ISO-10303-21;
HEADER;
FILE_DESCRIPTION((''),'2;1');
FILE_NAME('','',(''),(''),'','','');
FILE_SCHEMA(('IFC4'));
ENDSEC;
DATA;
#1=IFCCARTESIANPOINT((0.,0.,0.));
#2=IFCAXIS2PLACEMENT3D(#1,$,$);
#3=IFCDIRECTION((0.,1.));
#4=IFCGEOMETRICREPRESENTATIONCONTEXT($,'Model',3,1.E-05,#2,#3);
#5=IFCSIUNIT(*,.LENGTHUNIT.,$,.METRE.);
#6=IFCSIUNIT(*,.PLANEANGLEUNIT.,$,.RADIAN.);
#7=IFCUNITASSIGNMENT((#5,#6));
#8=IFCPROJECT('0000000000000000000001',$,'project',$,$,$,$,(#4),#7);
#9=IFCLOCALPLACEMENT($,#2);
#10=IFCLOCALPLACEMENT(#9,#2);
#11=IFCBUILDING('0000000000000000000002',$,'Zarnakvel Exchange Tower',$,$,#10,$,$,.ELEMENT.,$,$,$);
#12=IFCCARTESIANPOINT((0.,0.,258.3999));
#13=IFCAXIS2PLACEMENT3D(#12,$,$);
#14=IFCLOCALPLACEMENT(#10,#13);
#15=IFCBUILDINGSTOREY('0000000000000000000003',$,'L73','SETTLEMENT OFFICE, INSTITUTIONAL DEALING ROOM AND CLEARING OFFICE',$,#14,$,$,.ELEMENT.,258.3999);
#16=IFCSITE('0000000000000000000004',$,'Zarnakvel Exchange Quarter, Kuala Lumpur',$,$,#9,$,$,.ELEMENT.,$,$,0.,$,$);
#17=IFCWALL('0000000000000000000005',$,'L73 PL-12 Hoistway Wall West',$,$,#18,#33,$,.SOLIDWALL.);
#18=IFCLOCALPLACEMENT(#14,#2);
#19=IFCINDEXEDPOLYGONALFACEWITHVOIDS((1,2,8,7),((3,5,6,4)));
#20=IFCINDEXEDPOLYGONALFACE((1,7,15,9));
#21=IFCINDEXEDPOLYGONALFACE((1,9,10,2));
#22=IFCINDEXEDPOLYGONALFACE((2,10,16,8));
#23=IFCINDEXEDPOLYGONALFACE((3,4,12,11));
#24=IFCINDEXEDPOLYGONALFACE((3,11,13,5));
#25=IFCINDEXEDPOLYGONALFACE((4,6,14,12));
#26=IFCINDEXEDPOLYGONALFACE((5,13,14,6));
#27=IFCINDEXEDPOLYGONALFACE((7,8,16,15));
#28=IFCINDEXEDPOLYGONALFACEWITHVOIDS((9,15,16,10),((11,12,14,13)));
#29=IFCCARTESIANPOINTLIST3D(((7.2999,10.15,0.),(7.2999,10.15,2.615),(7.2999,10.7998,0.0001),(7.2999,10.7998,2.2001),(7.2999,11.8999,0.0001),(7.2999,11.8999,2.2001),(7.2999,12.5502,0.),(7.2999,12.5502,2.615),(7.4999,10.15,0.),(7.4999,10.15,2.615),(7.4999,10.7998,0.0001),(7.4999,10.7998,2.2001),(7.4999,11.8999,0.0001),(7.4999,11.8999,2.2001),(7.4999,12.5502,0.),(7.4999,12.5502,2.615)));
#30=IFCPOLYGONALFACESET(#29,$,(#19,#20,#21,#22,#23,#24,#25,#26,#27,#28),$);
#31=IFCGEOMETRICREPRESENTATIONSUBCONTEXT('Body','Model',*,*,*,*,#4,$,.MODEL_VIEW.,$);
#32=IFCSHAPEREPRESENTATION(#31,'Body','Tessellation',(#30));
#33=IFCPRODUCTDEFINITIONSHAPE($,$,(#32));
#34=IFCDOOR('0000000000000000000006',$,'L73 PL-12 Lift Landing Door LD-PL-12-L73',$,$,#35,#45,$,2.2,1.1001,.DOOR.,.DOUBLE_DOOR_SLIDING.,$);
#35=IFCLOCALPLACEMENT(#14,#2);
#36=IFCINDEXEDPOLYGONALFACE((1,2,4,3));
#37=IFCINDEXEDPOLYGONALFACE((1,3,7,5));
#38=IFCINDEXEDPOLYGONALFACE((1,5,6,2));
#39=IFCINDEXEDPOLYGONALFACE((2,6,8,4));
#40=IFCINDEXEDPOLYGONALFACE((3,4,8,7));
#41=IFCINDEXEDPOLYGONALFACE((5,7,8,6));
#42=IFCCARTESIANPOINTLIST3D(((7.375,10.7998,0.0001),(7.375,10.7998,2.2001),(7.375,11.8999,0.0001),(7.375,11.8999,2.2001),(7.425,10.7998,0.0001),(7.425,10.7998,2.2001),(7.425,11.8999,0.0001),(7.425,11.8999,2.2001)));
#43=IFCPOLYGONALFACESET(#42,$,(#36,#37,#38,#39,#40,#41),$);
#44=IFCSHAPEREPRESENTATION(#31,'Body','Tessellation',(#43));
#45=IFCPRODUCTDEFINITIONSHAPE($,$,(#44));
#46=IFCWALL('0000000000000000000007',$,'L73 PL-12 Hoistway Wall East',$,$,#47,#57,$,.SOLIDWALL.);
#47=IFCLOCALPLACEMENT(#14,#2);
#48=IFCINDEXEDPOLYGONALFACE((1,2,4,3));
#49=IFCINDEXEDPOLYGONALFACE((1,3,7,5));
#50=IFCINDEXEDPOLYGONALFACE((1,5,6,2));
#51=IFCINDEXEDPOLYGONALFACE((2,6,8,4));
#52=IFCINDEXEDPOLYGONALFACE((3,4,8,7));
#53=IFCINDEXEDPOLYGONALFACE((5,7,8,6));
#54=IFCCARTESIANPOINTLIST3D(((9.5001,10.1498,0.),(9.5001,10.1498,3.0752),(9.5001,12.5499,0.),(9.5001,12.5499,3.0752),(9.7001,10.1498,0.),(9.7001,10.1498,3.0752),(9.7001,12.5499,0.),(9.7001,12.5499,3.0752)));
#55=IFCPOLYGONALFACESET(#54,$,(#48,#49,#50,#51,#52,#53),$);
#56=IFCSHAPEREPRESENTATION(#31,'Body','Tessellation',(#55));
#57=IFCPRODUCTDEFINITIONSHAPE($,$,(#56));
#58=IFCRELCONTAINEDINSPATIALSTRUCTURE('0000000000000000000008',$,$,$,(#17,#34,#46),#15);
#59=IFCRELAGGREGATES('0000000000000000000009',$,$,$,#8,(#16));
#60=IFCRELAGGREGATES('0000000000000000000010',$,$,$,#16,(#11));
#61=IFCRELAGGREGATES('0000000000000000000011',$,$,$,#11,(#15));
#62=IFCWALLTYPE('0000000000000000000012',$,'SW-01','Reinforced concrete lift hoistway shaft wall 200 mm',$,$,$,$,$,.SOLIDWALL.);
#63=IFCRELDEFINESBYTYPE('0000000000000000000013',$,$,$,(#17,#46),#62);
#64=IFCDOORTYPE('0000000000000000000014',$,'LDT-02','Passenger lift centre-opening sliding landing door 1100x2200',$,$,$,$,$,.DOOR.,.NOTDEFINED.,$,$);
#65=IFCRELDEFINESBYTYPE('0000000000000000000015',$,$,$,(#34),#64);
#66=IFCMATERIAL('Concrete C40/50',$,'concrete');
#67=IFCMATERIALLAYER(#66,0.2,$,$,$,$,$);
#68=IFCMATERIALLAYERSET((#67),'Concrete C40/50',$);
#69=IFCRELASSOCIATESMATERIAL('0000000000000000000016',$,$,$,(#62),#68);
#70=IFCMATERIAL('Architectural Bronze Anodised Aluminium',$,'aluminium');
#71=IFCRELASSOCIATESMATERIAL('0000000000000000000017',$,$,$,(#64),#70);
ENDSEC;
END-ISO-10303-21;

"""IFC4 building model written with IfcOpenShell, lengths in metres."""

from ifc_helpers import new_model, si_unit, direction, frame, frame_2d, origin, place, context, subcontext, project, spatial, rectangle, extrude, source, transform, mapped, material, layer, layer_set, type_object, element, fill, save


model = new_model("IFC4")

# Units and contexts
model_context = context("Model", 3, precision=1e-05, world=origin(), true_north=direction((0.0, 1.0)))
body_context = subcontext(model_context, "Body", "Model", "MODEL_VIEW")
ifc_project = project(units=[si_unit("LENGTHUNIT", "METRE"), si_unit("PLANEANGLEUNIT", "RADIAN")], contexts=[model_context])

# Site, building, storey
site_placement = place(None, origin())
site = spatial("IfcSite", under=ifc_project, at=site_placement, Name="Zarnakvel Exchange Quarter, Kuala Lumpur", CompositionType="ELEMENT", RefElevation=0.0)
building_placement = place(site_placement, origin())
building = spatial("IfcBuilding", under=site, at=building_placement, Name="Zarnakvel Exchange Tower", CompositionType="ELEMENT")
storey_placement = place(building_placement, frame((0.0, 0.0, 258.3999)))
storey = spatial("IfcBuildingStorey", under=building, at=storey_placement, Name="L73", Description="SETTLEMENT OFFICE, INSTITUTIONAL DEALING ROOM AND CLEARING OFFICE", CompositionType="ELEMENT", Elevation=258.3999)

# Shared definitions
ifc_material_1 = material(Name="Architectural Bronze Anodised Aluminium", Category="aluminium")

# Shared definitions
ifc_material_2 = material(Name="Concrete C40/50", Category="concrete")
ifc_layer_1 = layer(ifc_material_2, 0.2)
ifc_layer_set_1 = layer_set([ifc_layer_1], Name="Concrete C40/50")
wall_type_1 = type_object("IfcWallType", Name="SW-01", Description="Reinforced concrete lift hoistway shaft wall 200 mm", PredefinedType="SOLIDWALL", material=ifc_layer_set_1)

# Wall, opening, door
wall_1_placement = place(storey_placement, frame((7.3999, 10.1499, 0.0), z_axis=(0.0, 0.0, 1.0), x_axis=(0.0, 1.0, 0.0)))
wall_1 = element("IfcWall", 1, at=wall_1_placement, inside=storey, type_object=wall_type_1, Name="L73 PL-12 Hoistway Wall West", PredefinedType="SOLIDWALL", context=body_context, shape_type="SweptSolid", body=[
    extrude(rectangle(XDim=2.4001, YDim=0.2, at=frame_2d((1.2002, 0.0))), origin(), (0.0, 0.0, 1.0), 2.615),
])
opening_1_placement = place(wall_1_placement, frame((0.6499, 0.0, 0.0)))
opening_1 = element("IfcOpeningElement", 2, at=opening_1_placement, cuts=wall_1, PredefinedType="OPENING", context=body_context, shape_type="SweptSolid", body=[
    extrude(rectangle(XDim=1.1001, YDim=2.2, at=frame_2d((0.55, 1.1001))), frame((0.0, 0.1099, 0.0), z_axis=(0.0, -1.0, 0.0), x_axis=(1.0, 0.0, 0.0)), (0.0, 0.0, 1.0), 0.22),
])
door_type_1 = type_object("IfcDoorType", Name="LDT-02", Description="Passenger lift centre-opening sliding landing door 1100x2200", OperationType="NOTDEFINED", PredefinedType="DOOR", material=ifc_material_1)
shared_shape_1 = source(origin(), body_context, "Body", "SweptSolid", [
    extrude(rectangle(XDim=1.1001, YDim=2.2, at=frame_2d((0.55, 1.1001))), frame((0.0, 0.0249, 0.0), z_axis=(0.0, -1.0, 0.0), x_axis=(1.0, 0.0, 0.0)), (0.0, 0.0, 1.0), 0.05),
])
door_1_placement = place(opening_1_placement, origin())
door_1 = element("IfcDoor", 3, at=door_1_placement, inside=storey, type_object=door_type_1, Name="L73 PL-12 Lift Landing Door LD-PL-12-L73", OperationType="DOUBLE_DOOR_SLIDING", OverallHeight=2.2, OverallWidth=1.1001, PredefinedType="DOOR", context=body_context, shape_type="MappedRepresentation", body=[
    mapped(shared_shape_1, transform((0.0, 0.0, 0.0), x_axis=(1.0, 0.0, 0.0), y_axis=(0.0, 1.0, 0.0), z_axis=(0.0, 0.0, 1.0), scale=1.0)),
])
fill(opening_1, door_1)

# Wall
wall_2_placement = place(storey_placement, frame((9.6001, 12.55, 0.0), z_axis=(0.0, 0.0, 1.0), x_axis=(0.0, -1.0, 0.0)))
element("IfcWall", 4, at=wall_2_placement, inside=storey, type_object=wall_type_1, Name="L73 PL-12 Hoistway Wall East", PredefinedType="SOLIDWALL", context=body_context, shape_type="SweptSolid", body=[
    extrude(rectangle(XDim=2.4001, YDim=0.2, at=frame_2d((1.2002, 0.0))), origin(), (0.0, 0.0, 1.0), 3.0752),
])

save(model, "model.ifc")
